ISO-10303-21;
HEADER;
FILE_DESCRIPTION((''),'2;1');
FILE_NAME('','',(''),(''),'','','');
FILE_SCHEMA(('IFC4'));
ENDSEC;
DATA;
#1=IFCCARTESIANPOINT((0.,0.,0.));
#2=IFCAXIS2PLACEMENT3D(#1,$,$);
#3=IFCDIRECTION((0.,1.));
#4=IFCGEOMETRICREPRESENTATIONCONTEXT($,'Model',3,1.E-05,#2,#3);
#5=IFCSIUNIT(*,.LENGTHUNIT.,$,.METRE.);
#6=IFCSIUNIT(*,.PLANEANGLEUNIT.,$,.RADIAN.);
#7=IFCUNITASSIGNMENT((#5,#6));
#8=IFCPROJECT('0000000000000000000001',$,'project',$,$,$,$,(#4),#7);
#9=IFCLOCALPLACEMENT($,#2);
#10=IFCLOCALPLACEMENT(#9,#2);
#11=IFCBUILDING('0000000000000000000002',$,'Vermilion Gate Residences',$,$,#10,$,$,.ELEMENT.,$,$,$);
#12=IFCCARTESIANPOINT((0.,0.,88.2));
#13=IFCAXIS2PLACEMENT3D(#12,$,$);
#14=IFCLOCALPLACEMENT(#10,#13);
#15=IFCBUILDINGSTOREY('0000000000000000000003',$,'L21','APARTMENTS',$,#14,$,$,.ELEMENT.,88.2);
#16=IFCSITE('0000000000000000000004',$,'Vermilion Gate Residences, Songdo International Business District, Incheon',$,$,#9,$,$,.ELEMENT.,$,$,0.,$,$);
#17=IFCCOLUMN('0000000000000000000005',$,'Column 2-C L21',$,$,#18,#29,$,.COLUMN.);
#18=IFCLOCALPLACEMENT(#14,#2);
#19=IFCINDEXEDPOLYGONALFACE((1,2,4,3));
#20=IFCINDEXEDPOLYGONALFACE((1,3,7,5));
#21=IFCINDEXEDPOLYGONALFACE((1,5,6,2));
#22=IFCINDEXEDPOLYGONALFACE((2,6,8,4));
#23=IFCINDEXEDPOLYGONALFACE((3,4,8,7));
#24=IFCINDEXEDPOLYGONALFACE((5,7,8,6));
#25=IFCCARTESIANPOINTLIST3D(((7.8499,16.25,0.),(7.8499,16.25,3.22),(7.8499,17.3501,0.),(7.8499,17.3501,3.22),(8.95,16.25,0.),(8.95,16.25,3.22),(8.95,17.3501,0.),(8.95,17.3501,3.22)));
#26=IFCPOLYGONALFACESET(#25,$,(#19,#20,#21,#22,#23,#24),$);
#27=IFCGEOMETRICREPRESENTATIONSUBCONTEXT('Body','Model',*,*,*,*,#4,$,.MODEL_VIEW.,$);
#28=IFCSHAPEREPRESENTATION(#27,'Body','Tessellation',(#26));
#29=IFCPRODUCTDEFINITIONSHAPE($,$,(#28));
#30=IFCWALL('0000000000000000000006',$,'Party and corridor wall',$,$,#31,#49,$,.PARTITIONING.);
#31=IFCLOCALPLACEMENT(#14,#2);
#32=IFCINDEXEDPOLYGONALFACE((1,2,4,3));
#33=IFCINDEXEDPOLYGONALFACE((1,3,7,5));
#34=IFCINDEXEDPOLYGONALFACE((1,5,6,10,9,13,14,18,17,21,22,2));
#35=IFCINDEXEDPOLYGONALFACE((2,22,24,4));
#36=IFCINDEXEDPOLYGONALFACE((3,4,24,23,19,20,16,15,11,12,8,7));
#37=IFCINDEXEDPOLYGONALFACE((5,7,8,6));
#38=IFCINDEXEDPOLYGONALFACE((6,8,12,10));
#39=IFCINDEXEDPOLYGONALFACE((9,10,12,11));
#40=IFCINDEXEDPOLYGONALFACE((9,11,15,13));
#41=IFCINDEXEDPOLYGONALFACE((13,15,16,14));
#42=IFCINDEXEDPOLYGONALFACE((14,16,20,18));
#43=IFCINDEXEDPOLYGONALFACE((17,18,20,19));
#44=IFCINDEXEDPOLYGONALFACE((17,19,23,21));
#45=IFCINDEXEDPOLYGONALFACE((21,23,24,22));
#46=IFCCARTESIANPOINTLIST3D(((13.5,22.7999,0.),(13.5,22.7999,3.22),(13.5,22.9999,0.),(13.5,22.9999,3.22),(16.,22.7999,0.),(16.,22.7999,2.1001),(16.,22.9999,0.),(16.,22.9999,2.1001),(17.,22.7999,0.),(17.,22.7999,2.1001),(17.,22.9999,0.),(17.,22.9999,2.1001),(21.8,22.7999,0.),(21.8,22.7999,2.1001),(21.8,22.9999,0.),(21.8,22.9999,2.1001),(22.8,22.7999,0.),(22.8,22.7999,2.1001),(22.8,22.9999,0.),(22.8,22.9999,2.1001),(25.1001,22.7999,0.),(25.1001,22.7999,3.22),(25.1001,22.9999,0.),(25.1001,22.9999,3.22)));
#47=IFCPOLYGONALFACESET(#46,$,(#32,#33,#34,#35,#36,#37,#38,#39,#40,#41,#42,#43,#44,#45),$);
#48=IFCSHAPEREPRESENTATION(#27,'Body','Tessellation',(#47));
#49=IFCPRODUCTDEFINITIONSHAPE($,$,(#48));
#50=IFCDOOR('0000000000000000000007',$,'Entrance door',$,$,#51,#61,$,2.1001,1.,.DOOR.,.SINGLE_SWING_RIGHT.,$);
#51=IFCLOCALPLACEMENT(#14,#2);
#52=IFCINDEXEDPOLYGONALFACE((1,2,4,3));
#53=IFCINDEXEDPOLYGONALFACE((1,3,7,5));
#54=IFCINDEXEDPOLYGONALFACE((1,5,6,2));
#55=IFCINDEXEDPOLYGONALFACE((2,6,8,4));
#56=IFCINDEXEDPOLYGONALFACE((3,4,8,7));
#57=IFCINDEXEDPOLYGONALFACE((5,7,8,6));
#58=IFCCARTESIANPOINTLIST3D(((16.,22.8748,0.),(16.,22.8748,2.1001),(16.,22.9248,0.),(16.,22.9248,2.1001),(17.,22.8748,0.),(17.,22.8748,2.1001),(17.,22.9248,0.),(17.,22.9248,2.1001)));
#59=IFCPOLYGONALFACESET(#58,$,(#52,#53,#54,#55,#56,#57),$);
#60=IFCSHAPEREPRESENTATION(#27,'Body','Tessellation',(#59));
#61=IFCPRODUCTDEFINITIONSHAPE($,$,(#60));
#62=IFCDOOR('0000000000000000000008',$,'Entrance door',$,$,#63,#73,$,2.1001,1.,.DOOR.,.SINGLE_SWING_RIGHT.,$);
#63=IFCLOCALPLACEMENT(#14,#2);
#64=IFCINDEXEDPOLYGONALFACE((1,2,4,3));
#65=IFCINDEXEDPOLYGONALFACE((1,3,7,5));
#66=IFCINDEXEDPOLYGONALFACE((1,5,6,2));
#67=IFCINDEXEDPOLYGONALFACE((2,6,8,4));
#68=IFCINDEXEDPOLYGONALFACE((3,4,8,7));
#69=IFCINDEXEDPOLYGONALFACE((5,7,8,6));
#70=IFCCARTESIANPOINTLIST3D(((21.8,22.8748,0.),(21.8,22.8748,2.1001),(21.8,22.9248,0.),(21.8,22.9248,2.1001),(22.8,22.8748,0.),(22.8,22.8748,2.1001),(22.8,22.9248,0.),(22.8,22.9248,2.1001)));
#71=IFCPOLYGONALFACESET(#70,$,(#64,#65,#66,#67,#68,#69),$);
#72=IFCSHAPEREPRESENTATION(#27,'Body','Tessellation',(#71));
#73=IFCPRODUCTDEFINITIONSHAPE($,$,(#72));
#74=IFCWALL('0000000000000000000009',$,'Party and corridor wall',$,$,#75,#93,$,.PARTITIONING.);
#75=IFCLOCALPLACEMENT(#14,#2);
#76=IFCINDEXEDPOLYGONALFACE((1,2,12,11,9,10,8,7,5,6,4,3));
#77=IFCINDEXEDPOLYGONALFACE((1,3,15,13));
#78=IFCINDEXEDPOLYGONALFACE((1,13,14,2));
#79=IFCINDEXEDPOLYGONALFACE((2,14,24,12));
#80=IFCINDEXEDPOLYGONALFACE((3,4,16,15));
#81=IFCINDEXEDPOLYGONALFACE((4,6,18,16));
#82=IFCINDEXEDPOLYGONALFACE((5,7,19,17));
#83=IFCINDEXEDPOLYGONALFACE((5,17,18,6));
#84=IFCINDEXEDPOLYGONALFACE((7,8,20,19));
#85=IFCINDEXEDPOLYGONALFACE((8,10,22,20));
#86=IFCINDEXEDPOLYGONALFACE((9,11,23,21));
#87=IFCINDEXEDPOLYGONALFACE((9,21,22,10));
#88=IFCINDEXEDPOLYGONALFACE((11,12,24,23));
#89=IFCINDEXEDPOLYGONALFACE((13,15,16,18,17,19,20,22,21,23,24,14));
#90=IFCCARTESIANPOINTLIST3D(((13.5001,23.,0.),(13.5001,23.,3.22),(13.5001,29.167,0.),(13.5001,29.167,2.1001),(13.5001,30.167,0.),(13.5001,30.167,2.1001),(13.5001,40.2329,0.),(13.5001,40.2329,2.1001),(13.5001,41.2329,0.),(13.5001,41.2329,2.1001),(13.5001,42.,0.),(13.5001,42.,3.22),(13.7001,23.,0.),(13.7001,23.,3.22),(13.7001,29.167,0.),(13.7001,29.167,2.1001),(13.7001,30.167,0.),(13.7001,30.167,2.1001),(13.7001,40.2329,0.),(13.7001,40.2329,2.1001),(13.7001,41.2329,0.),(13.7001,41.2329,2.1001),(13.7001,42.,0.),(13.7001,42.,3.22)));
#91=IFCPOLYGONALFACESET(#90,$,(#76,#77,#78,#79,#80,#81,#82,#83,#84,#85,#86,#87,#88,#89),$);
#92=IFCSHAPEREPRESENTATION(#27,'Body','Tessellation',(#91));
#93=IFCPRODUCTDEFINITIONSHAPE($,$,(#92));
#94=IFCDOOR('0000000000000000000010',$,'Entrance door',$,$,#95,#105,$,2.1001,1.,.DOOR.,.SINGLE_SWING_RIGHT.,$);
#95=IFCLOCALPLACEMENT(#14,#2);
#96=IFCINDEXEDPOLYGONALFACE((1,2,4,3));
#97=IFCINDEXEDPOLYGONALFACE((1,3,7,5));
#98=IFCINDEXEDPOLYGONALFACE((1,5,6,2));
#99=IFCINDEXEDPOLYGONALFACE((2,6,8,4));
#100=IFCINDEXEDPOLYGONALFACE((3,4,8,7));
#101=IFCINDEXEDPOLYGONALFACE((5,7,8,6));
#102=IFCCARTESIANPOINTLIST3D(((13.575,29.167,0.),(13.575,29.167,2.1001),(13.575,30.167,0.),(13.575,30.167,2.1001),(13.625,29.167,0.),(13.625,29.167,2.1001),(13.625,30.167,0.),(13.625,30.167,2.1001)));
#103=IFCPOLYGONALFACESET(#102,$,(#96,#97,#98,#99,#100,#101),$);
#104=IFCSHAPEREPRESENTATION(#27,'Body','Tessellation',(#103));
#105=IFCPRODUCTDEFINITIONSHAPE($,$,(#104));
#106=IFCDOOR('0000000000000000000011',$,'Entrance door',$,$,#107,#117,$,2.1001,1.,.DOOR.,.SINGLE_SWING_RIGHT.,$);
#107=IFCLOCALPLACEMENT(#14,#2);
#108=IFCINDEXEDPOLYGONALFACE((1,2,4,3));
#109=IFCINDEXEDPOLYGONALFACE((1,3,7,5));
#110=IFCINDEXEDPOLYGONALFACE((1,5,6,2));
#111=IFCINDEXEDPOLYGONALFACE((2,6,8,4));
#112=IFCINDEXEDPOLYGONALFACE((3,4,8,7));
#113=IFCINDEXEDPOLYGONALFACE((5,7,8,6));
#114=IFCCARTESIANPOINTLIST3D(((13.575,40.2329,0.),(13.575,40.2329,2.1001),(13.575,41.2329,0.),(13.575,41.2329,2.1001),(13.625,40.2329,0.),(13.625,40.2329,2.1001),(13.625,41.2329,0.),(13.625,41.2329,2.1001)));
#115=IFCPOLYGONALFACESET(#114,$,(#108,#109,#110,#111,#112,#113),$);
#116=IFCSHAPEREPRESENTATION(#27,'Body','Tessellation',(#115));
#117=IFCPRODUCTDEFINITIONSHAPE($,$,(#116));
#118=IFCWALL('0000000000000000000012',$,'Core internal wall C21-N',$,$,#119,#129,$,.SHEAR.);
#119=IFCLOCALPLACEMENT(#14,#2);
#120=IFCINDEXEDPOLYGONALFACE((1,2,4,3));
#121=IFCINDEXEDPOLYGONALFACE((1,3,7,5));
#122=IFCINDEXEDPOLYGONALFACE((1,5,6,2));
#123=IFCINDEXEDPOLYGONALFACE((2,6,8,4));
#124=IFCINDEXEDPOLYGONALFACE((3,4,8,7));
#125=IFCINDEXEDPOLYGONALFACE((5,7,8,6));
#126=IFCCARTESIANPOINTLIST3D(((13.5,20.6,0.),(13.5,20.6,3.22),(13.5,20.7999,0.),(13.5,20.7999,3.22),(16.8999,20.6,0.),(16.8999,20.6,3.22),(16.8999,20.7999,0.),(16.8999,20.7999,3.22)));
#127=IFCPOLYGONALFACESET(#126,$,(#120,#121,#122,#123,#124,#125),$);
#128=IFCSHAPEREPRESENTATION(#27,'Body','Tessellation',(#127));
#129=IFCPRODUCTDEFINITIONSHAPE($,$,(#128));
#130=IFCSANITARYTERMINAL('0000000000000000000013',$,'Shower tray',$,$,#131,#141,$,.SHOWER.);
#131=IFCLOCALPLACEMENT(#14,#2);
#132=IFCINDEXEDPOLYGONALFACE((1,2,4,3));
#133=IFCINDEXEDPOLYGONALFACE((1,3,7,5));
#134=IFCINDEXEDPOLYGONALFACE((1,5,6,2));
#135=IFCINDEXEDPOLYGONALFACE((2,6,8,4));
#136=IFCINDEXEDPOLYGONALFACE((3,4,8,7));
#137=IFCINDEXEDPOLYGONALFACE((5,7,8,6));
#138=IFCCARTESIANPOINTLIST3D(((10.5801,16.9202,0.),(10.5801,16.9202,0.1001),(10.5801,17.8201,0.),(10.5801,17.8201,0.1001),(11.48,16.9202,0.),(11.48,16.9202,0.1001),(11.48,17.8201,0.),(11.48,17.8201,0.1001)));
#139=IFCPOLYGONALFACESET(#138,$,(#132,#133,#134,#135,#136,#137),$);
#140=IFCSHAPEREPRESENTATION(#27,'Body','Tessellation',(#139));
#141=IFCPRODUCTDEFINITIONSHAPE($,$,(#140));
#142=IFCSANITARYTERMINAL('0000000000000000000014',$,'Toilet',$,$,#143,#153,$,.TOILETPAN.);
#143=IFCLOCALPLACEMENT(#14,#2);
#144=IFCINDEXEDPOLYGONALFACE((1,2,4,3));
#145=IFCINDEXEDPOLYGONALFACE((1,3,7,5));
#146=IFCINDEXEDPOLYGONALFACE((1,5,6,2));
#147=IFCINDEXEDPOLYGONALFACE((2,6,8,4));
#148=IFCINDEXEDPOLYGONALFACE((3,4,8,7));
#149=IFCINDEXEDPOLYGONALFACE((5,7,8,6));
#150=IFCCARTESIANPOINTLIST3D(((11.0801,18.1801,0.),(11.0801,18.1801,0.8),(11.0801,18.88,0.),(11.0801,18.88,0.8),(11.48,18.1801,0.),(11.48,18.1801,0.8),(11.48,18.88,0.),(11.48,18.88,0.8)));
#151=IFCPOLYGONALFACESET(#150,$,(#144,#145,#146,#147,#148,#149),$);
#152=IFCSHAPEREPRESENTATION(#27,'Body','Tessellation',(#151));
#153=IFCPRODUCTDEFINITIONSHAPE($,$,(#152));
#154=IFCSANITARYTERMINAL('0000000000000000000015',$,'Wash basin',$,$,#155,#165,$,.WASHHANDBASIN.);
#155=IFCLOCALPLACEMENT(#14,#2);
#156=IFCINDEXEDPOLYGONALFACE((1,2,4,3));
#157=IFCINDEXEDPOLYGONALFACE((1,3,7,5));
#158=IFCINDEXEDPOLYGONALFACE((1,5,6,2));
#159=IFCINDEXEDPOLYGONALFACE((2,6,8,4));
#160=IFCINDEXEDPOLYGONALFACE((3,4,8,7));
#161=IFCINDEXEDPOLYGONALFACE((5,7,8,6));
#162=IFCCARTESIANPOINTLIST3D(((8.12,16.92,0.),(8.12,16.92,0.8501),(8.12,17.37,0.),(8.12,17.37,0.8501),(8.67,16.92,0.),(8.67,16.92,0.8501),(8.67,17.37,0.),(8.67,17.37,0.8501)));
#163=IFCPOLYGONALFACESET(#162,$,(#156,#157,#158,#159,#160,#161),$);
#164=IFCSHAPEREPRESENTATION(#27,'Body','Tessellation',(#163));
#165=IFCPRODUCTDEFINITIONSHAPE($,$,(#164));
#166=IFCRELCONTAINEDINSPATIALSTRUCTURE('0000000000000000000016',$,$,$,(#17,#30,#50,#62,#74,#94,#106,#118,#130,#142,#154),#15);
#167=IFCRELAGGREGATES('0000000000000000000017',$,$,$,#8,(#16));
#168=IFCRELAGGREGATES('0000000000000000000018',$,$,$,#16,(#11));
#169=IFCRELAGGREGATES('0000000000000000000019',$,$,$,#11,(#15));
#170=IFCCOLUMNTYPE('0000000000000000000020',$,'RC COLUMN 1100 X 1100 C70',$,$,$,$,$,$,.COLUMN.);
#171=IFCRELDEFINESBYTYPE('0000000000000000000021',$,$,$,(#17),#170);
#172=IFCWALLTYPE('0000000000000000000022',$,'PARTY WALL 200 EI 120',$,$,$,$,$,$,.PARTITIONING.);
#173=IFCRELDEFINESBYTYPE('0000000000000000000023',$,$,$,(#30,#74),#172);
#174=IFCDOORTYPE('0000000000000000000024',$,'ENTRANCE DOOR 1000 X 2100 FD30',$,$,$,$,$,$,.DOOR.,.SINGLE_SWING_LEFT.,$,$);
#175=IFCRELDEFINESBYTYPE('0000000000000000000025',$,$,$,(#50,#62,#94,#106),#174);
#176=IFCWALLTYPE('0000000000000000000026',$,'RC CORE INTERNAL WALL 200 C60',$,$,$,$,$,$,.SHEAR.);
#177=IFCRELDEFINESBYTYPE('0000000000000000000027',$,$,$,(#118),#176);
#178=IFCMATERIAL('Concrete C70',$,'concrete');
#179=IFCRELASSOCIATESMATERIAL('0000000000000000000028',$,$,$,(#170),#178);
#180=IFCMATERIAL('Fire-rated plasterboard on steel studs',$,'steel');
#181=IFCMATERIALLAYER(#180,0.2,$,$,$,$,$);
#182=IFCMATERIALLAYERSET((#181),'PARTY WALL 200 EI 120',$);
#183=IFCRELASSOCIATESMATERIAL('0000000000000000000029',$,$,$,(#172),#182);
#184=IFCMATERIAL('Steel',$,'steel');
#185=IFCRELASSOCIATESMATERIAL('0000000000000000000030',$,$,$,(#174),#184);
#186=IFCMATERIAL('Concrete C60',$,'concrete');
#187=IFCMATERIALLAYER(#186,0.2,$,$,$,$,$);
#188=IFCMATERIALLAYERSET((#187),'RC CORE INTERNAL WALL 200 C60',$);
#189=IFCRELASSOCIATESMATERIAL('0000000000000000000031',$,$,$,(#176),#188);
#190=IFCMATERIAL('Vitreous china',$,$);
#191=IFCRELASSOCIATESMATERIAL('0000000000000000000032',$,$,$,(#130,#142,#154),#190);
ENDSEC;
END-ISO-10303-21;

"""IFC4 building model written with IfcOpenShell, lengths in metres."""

from ifc_helpers import new_model, si_unit, direction, frame, frame_2d, origin, origin_2d, place, context, subcontext, project, spatial, rectangle, extrude, material, layer, layer_set, material_profile, profile_set, type_object, element, fill, save


model = new_model("IFC4")

# Units and contexts
model_context = context("Model", 3, precision=1e-05, world=origin(), true_north=direction((0.0, 1.0)))
body_context = subcontext(model_context, "Body", "Model", "MODEL_VIEW")
ifc_project = project(units=[si_unit("LENGTHUNIT", "METRE"), si_unit("PLANEANGLEUNIT", "RADIAN")], contexts=[model_context])

# Site, building, storey
site_placement = place(None, origin())
site = spatial("IfcSite", under=ifc_project, at=site_placement, Name="Vermilion Gate Residences, Songdo International Business District, Incheon", CompositionType="ELEMENT", RefElevation=0.0)
building_placement = place(site_placement, origin())
building = spatial("IfcBuilding", under=site, at=building_placement, Name="Vermilion Gate Residences", CompositionType="ELEMENT")
storey_placement = place(building_placement, frame((0.0, 0.0, 88.2)))
storey = spatial("IfcBuildingStorey", under=building, at=storey_placement, Name="L21", Description="APARTMENTS", CompositionType="ELEMENT", Elevation=88.2)

# Column
ifc_material_1 = material(Name="Concrete C70", Category="concrete")
ifc_material_profile = material_profile(ifc_material_1, rectangle(XDim=1.1001, YDim=1.1001, at=origin_2d()), Name="RC-1100x1100")
ifc_profile_set = profile_set([ifc_material_profile], Name="Concrete C70")
column_type = type_object("IfcColumnType", Name="RC COLUMN 1100 X 1100 C70", PredefinedType="COLUMN", material=ifc_profile_set)
column_placement = place(storey_placement, frame((8.3999, 16.8, 0.0), z_axis=(0.0, 0.0, 1.0), x_axis=(1.0, 0.0, 0.0)))
element("IfcColumn", 1, at=column_placement, inside=storey, type_object=column_type, Name="Column 2-C L21", PredefinedType="COLUMN", context=body_context, shape_type="SweptSolid", body=[
    extrude(rectangle(XDim=1.1001, YDim=1.1001, at=origin_2d()), origin(), (0.0, 0.0, 1.0), 3.22),
])

# Walls, openings, doors
ifc_material_2 = material(Name="Fire-rated plasterboard on steel studs", Category="steel")
ifc_layer_1 = layer(ifc_material_2, 0.2)
ifc_layer_set_1 = layer_set([ifc_layer_1], Name="PARTY WALL 200 EI 120")
wall_type_1 = type_object("IfcWallType", Name="PARTY WALL 200 EI 120", PredefinedType="PARTITIONING", material=ifc_layer_set_1)
wall_1_placement = place(storey_placement, frame((13.5, 22.8999, 0.0), z_axis=(0.0, 0.0, 1.0), x_axis=(1.0, 0.0, 0.0)))
wall_1 = element("IfcWall", 2, at=wall_1_placement, inside=storey, type_object=wall_type_1, Name="Party and corridor wall", PredefinedType="PARTITIONING", context=body_context, shape_type="SweptSolid", body=[
    extrude(rectangle(XDim=11.6001, YDim=0.2, at=frame_2d((5.8, 0.0))), origin(), (0.0, 0.0, 1.0), 3.22),
])
opening_1_placement = place(wall_1_placement, frame((2.5, 0.0, 0.0)))
opening_1 = element("IfcOpeningElement", 3, at=opening_1_placement, cuts=wall_1, PredefinedType="OPENING", context=body_context, shape_type="SweptSolid", body=[
    extrude(rectangle(XDim=1.0, YDim=2.1001, at=frame_2d((0.5, 1.05))), frame((0.0, 0.1099, 0.0), z_axis=(0.0, -1.0, 0.0), x_axis=(1.0, 0.0, 0.0)), (0.0, 0.0, 1.0), 0.22),
])
opening_2_placement = place(wall_1_placement, frame((8.3, 0.0, 0.0)))
opening_2 = element("IfcOpeningElement", 4, at=opening_2_placement, cuts=wall_1, PredefinedType="OPENING", context=body_context, shape_type="SweptSolid", body=[
    extrude(rectangle(XDim=1.0, YDim=2.1001, at=frame_2d((0.5, 1.05))), frame((0.0, 0.1099, 0.0), z_axis=(0.0, -1.0, 0.0), x_axis=(1.0, 0.0, 0.0)), (0.0, 0.0, 1.0), 0.22),
])
ifc_material_3 = material(Name="Steel", Category="steel")
door_type = type_object("IfcDoorType", Name="ENTRANCE DOOR 1000 X 2100 FD30", OperationType="SINGLE_SWING_LEFT", PredefinedType="DOOR", material=ifc_material_3)
door_1_placement = place(opening_1_placement, origin())
door_1 = element("IfcDoor", 5, at=door_1_placement, inside=storey, type_object=door_type, Name="Entrance door", OperationType="SINGLE_SWING_RIGHT", OverallHeight=2.1001, OverallWidth=1.0, PredefinedType="DOOR", context=body_context, shape_type="SweptSolid", body=[
    extrude(rectangle(XDim=1.0, YDim=2.1001, at=frame_2d((0.5, 1.05))), frame((0.0, 0.0249, 0.0), z_axis=(0.0, -1.0, 0.0), x_axis=(1.0, 0.0, 0.0)), (0.0, 0.0, 1.0), 0.05),
])
fill(opening_1, door_1)
door_2_placement = place(opening_2_placement, origin())
door_2 = element("IfcDoor", 6, at=door_2_placement, inside=storey, type_object=door_type, Name="Entrance door", OperationType="SINGLE_SWING_RIGHT", OverallHeight=2.1001, OverallWidth=1.0, PredefinedType="DOOR", context=body_context, shape_type="SweptSolid", body=[
    extrude(rectangle(XDim=1.0, YDim=2.1001, at=frame_2d((0.5, 1.05))), frame((0.0, 0.0249, 0.0), z_axis=(0.0, -1.0, 0.0), x_axis=(1.0, 0.0, 0.0)), (0.0, 0.0, 1.0), 0.05),
])
fill(opening_2, door_2)
wall_2_placement = place(storey_placement, frame((13.6001, 23.0, 0.0), z_axis=(0.0, 0.0, 1.0), x_axis=(0.0, 1.0, 0.0)))
wall_2 = element("IfcWall", 7, at=wall_2_placement, inside=storey, type_object=wall_type_1, Name="Party and corridor wall", PredefinedType="PARTITIONING", context=body_context, shape_type="SweptSolid", body=[
    extrude(rectangle(XDim=19.0, YDim=0.2, at=frame_2d((9.5, 0.0))), origin(), (0.0, 0.0, 1.0), 3.22),
])
opening_3_placement = place(wall_2_placement, frame((6.167, 0.0, 0.0)))
opening_3 = element("IfcOpeningElement", 8, at=opening_3_placement, cuts=wall_2, PredefinedType="OPENING", context=body_context, shape_type="SweptSolid", body=[
    extrude(rectangle(XDim=1.0, YDim=2.1001, at=frame_2d((0.5, 1.05))), frame((0.0, 0.1099, 0.0), z_axis=(0.0, -1.0, 0.0), x_axis=(1.0, 0.0, 0.0)), (0.0, 0.0, 1.0), 0.22),
])
opening_4_placement = place(wall_2_placement, frame((17.2329, 0.0, 0.0)))
opening_4 = element("IfcOpeningElement", 9, at=opening_4_placement, cuts=wall_2, PredefinedType="OPENING", context=body_context, shape_type="SweptSolid", body=[
    extrude(rectangle(XDim=1.0, YDim=2.1001, at=frame_2d((0.5, 1.05))), frame((0.0, 0.1099, 0.0), z_axis=(0.0, -1.0, 0.0), x_axis=(1.0, 0.0, 0.0)), (0.0, 0.0, 1.0), 0.22),
])
door_3_placement = place(opening_3_placement, frame((1.0, 0.0, 0.0), z_axis=(0.0, 0.0, 1.0), x_axis=(-1.0, 0.0, 0.0)))
door_3 = element("IfcDoor", 10, at=door_3_placement, inside=storey, type_object=door_type, Name="Entrance door", OperationType="SINGLE_SWING_RIGHT", OverallHeight=2.1001, OverallWidth=1.0, PredefinedType="DOOR", context=body_context, shape_type="SweptSolid", body=[
    extrude(rectangle(XDim=1.0, YDim=2.1001, at=frame_2d((0.5, 1.05))), frame((0.0, 0.0249, 0.0), z_axis=(0.0, -1.0, 0.0), x_axis=(1.0, 0.0, 0.0)), (0.0, 0.0, 1.0), 0.05),
])
fill(opening_3, door_3)
door_4_placement = place(opening_4_placement, frame((1.0, 0.0, 0.0), z_axis=(0.0, 0.0, 1.0), x_axis=(-1.0, 0.0, 0.0)))
door_4 = element("IfcDoor", 11, at=door_4_placement, inside=storey, type_object=door_type, Name="Entrance door", OperationType="SINGLE_SWING_RIGHT", OverallHeight=2.1001, OverallWidth=1.0, PredefinedType="DOOR", context=body_context, shape_type="SweptSolid", body=[
    extrude(rectangle(XDim=1.0, YDim=2.1001, at=frame_2d((0.5, 1.05))), frame((0.0, 0.0249, 0.0), z_axis=(0.0, -1.0, 0.0), x_axis=(1.0, 0.0, 0.0)), (0.0, 0.0, 1.0), 0.05),
])
fill(opening_4, door_4)

# Wall
ifc_material_4 = material(Name="Concrete C60", Category="concrete")
ifc_layer_2 = layer(ifc_material_4, 0.2)
ifc_layer_set_2 = layer_set([ifc_layer_2], Name="RC CORE INTERNAL WALL 200 C60")
wall_type_2 = type_object("IfcWallType", Name="RC CORE INTERNAL WALL 200 C60", PredefinedType="SHEAR", material=ifc_layer_set_2)
wall_3_placement = place(storey_placement, frame((13.5, 20.7, 0.0), z_axis=(0.0, 0.0, 1.0), x_axis=(1.0, 0.0, 0.0)))
element("IfcWall", 12, at=wall_3_placement, inside=storey, type_object=wall_type_2, Name="Core internal wall C21-N", PredefinedType="SHEAR", context=body_context, shape_type="SweptSolid", body=[
    extrude(rectangle(XDim=3.3999, YDim=0.2, at=frame_2d((1.7, 0.0))), origin(), (0.0, 0.0, 1.0), 3.22),
])

# Sanitary terminals
ifc_material_5 = material(Name="Vitreous china")
sanitary_terminal_1_placement = place(storey_placement, frame((11.03, 17.3701, 0.0), z_axis=(0.0, 0.0, 1.0), x_axis=(1.0, 0.0, 0.0)))
element("IfcSanitaryTerminal", 13, at=sanitary_terminal_1_placement, inside=storey, material=ifc_material_5, Name="Shower tray", PredefinedType="SHOWER", context=body_context, shape_type="SweptSolid", body=[
    extrude(rectangle(XDim=0.8999, YDim=0.8999, at=origin_2d()), origin(), (0.0, 0.0, 1.0), 0.1001),
])
sanitary_terminal_2_placement = place(storey_placement, frame((11.28, 18.53, 0.0), z_axis=(0.0, 0.0, 1.0), x_axis=(1.0, 0.0, 0.0)))
element("IfcSanitaryTerminal", 14, at=sanitary_terminal_2_placement, inside=storey, material=ifc_material_5, Name="Toilet", PredefinedType="TOILETPAN", context=body_context, shape_type="SweptSolid", body=[
    extrude(rectangle(XDim=0.3999, YDim=0.7, at=origin_2d()), origin(), (0.0, 0.0, 1.0), 0.8),
])
sanitary_terminal_3_placement = place(storey_placement, frame((8.395, 17.145, 0.0), z_axis=(0.0, 0.0, 1.0), x_axis=(1.0, 0.0, 0.0)))
element("IfcSanitaryTerminal", 15, at=sanitary_terminal_3_placement, inside=storey, material=ifc_material_5, Name="Wash basin", PredefinedType="WASHHANDBASIN", context=body_context, shape_type="SweptSolid", body=[
    extrude(rectangle(XDim=0.55, YDim=0.45, at=origin_2d()), origin(), (0.0, 0.0, 1.0), 0.8501),
])

save(model, "model.ifc")
